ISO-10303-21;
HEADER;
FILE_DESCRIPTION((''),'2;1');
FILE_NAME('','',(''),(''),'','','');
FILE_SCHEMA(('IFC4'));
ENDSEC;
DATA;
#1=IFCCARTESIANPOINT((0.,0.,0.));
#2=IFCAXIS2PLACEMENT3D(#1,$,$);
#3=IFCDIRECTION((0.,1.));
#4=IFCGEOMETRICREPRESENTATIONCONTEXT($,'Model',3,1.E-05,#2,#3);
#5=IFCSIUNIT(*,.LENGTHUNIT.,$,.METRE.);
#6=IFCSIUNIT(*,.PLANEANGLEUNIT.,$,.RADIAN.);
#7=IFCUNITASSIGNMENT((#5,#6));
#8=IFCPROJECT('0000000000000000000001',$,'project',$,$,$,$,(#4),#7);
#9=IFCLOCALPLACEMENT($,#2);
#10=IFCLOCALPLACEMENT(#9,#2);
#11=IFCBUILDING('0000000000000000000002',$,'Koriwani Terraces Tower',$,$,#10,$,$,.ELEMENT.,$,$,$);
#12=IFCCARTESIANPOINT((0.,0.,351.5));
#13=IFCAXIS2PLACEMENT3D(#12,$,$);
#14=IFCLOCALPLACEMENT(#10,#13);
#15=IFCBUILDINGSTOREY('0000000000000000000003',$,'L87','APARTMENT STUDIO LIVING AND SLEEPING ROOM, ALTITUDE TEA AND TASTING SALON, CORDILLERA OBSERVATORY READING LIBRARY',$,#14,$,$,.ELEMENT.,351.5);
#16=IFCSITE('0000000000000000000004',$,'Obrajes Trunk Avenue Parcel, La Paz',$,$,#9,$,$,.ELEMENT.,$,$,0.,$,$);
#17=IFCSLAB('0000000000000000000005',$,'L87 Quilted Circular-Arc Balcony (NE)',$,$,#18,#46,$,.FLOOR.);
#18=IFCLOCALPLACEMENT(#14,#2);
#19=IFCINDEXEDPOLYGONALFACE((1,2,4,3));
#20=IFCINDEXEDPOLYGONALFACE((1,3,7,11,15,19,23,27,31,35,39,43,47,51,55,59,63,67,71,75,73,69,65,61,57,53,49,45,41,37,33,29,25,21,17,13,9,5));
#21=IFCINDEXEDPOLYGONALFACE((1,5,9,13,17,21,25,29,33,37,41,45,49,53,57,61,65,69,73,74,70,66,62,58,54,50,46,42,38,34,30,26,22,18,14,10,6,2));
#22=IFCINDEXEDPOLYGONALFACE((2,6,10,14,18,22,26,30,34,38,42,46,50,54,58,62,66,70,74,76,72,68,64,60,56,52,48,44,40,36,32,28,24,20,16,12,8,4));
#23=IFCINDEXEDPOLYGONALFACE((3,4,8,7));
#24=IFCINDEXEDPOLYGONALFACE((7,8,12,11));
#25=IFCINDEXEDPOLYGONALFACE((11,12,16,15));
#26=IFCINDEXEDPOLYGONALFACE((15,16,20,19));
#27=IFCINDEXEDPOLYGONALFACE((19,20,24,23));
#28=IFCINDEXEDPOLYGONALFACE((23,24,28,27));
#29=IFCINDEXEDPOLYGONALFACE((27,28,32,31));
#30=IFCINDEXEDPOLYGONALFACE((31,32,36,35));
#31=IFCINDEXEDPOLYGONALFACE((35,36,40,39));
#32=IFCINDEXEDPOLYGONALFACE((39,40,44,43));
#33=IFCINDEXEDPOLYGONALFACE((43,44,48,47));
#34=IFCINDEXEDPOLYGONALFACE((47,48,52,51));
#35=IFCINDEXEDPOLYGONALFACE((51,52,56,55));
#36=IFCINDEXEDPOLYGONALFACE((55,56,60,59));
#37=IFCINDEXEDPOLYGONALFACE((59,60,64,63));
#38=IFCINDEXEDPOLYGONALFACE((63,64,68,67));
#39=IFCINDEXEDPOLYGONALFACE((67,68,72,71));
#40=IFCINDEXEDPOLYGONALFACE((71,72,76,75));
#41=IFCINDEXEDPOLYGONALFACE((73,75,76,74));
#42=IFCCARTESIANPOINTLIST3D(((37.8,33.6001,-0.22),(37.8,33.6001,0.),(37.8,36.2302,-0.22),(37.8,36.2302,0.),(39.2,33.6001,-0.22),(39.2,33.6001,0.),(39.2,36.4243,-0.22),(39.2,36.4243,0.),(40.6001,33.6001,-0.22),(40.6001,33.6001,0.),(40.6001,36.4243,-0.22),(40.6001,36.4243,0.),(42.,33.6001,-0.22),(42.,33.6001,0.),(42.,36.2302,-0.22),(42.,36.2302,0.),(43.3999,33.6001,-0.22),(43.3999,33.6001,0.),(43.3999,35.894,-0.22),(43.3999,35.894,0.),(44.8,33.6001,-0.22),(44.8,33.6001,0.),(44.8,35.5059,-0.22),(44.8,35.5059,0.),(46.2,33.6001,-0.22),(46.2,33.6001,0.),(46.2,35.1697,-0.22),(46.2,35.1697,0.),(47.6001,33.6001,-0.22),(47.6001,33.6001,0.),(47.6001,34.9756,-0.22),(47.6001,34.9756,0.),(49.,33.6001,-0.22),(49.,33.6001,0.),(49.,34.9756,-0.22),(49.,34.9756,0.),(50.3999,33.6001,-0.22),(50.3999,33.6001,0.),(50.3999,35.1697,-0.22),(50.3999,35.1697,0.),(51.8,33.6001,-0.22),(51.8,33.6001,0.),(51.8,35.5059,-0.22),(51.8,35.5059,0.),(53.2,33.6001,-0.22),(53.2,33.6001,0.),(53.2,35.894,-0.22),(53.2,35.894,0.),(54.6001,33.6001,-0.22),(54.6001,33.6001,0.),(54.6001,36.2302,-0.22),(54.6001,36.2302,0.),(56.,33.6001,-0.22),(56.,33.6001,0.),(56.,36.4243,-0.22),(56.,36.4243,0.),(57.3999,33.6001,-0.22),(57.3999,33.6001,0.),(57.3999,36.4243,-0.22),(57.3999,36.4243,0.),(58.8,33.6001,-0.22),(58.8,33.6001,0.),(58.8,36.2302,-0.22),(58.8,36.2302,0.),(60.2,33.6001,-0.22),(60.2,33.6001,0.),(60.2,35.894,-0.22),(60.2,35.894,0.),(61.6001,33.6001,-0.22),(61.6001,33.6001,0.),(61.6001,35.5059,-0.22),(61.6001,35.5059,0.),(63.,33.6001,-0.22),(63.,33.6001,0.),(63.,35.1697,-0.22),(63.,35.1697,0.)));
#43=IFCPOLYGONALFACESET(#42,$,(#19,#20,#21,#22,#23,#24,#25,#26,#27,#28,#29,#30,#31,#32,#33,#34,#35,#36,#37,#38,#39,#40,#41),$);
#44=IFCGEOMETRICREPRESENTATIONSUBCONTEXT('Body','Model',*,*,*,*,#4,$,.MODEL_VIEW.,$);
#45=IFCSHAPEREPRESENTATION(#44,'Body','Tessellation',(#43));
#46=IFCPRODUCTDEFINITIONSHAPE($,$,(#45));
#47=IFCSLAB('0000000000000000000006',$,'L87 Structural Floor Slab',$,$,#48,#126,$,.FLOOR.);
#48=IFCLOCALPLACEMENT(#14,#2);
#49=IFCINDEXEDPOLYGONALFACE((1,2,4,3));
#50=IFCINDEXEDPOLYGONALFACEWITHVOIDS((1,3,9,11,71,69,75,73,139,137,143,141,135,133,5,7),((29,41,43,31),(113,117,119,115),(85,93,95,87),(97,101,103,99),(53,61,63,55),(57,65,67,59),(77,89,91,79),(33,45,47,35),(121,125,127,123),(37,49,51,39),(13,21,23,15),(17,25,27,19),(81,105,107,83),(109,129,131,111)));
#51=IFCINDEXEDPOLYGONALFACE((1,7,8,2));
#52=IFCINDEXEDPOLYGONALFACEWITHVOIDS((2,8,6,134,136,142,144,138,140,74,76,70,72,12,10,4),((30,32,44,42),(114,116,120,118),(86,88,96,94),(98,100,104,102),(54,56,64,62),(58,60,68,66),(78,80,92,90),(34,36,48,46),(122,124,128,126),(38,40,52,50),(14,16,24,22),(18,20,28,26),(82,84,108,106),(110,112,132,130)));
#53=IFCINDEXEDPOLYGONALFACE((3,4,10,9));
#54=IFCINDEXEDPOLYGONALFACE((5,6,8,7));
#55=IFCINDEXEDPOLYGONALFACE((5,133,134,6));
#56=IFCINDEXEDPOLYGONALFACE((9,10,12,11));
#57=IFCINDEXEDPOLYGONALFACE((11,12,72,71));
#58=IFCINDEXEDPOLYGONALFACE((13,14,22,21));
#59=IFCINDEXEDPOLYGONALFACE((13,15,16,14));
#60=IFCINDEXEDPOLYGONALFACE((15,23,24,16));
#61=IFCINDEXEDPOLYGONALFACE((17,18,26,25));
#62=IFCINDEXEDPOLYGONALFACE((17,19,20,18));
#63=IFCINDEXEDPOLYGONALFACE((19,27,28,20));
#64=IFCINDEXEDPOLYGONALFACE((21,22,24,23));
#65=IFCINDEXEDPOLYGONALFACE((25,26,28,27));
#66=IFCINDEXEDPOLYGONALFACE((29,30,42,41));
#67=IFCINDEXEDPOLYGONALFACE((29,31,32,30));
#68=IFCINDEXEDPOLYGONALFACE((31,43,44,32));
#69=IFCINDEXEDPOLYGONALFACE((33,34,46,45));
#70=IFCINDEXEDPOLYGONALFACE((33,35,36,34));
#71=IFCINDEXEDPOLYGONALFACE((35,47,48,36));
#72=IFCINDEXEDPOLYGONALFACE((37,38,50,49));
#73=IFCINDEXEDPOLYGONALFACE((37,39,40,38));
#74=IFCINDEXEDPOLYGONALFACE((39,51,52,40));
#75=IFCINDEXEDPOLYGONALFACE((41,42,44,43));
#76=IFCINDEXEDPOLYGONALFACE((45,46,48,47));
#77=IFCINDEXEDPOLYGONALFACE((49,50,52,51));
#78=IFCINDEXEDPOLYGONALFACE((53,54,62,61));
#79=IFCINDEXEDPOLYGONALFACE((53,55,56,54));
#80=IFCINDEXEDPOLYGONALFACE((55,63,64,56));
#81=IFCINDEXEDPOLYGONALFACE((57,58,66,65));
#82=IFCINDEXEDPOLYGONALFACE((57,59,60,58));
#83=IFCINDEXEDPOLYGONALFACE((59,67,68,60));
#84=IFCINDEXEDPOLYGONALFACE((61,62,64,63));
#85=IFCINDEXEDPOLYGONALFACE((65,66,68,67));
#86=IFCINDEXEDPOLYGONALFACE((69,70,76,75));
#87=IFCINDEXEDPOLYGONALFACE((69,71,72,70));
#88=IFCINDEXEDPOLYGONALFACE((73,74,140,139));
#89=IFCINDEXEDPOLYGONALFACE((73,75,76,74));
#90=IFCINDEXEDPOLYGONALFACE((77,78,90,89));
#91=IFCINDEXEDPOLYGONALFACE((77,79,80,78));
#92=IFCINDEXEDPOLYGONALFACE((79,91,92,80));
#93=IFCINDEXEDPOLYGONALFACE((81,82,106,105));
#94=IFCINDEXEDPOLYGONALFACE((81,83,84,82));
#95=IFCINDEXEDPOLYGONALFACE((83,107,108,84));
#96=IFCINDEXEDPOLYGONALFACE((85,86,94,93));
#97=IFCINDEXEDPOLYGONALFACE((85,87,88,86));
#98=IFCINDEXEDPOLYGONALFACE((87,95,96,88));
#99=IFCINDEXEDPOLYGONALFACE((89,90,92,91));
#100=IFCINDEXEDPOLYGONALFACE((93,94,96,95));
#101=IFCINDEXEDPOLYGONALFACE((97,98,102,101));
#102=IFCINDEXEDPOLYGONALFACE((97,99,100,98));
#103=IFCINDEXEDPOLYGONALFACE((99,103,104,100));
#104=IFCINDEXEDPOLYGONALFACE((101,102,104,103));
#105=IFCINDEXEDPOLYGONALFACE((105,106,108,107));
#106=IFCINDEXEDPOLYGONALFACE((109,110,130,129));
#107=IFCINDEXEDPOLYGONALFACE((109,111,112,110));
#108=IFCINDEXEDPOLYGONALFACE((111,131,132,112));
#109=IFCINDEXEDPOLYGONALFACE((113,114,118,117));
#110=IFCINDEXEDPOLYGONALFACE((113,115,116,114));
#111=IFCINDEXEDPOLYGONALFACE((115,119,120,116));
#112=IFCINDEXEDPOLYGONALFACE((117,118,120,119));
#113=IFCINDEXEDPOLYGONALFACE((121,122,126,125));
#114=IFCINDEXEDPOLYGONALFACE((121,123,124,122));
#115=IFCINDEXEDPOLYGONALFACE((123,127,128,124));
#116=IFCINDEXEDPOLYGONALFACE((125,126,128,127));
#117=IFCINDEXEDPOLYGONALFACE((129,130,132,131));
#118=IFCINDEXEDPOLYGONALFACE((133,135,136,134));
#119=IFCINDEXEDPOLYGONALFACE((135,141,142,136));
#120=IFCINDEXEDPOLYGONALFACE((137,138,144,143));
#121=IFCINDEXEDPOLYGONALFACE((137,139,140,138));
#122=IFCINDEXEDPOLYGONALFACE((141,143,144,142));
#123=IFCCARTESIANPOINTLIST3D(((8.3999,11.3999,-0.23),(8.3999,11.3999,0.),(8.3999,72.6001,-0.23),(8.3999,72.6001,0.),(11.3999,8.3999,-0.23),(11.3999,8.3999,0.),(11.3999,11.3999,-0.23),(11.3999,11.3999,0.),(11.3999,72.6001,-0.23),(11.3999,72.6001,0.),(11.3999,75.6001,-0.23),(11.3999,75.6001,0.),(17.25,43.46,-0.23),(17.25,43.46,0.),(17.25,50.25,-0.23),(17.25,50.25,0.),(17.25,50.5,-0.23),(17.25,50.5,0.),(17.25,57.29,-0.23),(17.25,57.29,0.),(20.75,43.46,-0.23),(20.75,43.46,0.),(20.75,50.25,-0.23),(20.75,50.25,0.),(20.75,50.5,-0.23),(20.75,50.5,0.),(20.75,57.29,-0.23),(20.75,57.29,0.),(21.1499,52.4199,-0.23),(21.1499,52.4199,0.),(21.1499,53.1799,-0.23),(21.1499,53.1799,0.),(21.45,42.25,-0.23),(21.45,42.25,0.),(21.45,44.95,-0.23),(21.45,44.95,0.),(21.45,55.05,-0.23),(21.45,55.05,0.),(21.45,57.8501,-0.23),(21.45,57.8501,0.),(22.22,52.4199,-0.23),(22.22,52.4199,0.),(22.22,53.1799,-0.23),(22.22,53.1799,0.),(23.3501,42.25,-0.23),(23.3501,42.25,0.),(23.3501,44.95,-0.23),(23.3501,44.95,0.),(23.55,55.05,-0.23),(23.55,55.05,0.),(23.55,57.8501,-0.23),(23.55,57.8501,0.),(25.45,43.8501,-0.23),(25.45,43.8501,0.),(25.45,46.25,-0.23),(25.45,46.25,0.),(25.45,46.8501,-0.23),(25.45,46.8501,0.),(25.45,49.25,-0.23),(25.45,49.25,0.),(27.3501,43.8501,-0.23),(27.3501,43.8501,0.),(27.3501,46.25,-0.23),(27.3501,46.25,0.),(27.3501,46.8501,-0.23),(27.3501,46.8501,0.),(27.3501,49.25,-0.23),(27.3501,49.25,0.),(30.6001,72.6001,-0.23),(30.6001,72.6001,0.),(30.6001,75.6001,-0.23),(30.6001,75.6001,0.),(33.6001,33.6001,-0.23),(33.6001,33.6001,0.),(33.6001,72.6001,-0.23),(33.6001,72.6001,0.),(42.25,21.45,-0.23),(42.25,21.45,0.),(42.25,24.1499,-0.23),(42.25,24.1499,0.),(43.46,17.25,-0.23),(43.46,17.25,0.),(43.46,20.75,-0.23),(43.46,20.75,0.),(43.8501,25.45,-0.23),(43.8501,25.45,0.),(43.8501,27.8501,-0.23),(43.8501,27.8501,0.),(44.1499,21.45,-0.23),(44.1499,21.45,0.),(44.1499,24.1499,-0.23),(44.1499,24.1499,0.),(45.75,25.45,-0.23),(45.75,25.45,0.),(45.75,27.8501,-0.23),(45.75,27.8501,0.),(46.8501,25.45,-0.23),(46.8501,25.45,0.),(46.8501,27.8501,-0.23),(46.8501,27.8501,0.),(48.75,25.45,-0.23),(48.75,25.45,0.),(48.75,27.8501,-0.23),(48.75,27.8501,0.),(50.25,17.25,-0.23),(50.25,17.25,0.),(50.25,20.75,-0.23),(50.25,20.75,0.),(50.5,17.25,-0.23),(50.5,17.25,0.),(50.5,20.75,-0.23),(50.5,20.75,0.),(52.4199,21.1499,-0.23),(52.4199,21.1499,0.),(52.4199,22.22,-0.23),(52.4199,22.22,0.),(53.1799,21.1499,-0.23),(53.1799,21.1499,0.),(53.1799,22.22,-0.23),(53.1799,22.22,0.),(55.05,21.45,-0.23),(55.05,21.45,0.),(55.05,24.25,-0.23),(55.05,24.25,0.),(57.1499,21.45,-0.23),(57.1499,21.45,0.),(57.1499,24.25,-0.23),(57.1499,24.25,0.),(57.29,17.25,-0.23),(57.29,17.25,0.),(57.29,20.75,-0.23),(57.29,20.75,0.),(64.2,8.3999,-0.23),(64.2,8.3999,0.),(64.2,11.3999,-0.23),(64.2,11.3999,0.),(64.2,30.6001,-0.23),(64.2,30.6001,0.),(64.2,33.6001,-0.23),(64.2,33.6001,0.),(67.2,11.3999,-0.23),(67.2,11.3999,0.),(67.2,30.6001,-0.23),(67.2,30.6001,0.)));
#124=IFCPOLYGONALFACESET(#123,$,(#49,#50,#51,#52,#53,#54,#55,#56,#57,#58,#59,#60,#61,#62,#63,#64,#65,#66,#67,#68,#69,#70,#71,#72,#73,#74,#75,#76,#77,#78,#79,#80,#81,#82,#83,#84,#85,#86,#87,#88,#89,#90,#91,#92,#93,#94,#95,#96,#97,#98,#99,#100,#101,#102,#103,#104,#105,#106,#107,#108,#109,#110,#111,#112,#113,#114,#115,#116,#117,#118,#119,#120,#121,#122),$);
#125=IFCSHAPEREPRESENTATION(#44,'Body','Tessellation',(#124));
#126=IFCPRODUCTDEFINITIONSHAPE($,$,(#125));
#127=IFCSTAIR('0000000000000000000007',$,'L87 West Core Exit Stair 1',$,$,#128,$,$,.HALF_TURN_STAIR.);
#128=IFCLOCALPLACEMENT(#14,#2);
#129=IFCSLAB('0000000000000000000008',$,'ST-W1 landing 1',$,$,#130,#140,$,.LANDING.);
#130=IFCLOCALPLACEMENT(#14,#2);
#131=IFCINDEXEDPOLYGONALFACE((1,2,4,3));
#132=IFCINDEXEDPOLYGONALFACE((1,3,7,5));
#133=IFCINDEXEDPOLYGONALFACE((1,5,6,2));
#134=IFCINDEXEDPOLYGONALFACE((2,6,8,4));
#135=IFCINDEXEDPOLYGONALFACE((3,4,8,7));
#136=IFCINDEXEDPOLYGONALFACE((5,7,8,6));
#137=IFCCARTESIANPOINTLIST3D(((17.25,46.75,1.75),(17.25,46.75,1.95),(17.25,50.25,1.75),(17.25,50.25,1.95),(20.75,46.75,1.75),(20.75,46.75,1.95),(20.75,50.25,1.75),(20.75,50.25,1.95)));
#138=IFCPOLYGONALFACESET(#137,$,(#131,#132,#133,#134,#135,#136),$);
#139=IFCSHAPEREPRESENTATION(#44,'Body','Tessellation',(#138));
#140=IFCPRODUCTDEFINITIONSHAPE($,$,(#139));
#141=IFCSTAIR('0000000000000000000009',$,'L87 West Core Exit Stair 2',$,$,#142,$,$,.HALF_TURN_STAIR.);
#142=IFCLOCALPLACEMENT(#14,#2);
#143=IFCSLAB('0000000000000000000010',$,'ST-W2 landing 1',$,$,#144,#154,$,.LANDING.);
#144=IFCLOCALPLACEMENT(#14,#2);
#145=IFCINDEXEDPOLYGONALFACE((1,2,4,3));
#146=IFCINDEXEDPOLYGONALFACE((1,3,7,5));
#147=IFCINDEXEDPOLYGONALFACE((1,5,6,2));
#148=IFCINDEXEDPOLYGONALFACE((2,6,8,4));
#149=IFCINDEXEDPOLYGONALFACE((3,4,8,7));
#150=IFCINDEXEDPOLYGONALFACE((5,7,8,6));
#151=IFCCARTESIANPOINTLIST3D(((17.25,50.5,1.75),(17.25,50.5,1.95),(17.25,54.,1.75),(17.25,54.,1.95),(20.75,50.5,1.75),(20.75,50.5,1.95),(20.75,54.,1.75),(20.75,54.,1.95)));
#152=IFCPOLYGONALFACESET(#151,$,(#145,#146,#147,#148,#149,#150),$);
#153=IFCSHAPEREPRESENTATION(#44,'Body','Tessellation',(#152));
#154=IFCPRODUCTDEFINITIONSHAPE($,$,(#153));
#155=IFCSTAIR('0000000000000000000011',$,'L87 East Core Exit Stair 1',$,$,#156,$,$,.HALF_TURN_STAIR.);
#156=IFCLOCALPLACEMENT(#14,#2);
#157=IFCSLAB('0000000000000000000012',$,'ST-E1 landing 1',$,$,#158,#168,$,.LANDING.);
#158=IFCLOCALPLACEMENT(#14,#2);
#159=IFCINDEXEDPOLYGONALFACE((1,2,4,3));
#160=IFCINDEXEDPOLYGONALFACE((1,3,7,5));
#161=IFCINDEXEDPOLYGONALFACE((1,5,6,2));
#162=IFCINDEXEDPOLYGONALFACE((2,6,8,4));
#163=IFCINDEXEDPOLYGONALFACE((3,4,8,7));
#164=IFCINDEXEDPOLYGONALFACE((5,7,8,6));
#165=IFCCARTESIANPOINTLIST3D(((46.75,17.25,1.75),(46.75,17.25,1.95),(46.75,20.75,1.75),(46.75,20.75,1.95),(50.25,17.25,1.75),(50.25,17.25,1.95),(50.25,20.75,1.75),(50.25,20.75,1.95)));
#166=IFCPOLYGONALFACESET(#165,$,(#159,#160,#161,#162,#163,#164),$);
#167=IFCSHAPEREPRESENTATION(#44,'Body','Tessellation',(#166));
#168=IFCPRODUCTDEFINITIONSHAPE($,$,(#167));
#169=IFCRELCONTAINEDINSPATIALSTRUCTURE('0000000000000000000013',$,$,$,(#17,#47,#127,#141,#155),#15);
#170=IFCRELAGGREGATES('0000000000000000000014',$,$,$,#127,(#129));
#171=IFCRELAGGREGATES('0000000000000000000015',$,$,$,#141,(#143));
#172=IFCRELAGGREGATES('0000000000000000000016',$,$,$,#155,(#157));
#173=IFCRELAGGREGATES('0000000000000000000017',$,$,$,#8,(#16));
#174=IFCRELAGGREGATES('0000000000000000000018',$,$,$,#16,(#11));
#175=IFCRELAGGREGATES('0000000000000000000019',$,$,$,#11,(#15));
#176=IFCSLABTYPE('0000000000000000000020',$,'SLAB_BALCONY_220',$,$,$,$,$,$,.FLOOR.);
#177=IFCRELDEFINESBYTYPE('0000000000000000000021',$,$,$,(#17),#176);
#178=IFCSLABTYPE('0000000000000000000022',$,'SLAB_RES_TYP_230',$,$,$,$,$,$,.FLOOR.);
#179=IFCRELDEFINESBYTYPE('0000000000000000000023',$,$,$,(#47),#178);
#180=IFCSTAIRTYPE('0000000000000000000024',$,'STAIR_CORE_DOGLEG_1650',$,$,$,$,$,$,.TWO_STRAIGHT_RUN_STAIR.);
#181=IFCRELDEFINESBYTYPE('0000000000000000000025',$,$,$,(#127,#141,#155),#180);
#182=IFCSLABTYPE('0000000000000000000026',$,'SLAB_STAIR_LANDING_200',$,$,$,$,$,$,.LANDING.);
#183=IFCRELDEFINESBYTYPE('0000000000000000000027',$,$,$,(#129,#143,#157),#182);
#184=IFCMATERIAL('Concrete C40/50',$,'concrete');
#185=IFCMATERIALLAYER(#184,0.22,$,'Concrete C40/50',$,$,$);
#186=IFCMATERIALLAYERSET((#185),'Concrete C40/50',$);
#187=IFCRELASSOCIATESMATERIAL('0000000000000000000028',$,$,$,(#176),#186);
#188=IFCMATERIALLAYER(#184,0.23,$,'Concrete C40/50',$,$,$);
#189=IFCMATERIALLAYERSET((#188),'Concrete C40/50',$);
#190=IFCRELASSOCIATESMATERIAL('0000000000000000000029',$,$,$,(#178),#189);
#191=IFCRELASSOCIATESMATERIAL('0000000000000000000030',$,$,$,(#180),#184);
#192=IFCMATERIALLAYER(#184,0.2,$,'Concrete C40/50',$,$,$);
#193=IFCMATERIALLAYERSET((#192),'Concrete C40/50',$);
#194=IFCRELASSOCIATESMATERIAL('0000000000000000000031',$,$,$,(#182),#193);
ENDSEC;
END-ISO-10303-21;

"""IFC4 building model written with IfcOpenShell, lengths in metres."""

from ifc_helpers import new_model, si_unit, direction, frame, origin, place, context, subcontext, project, spatial, polyline, outline, extrude, material, layer, layer_set, type_object, element, aggregate, save


model = new_model("IFC4")

# Units and contexts
model_context = context("Model", 3, precision=1e-05, world=origin(), true_north=direction((0.0, 1.0)))
body_context = subcontext(model_context, "Body", "Model", "MODEL_VIEW")
ifc_project = project(units=[si_unit("LENGTHUNIT", "METRE"), si_unit("PLANEANGLEUNIT", "RADIAN")], contexts=[model_context])

# Site, building, storey
site_placement = place(None, origin())
site = spatial("IfcSite", under=ifc_project, at=site_placement, Name="Obrajes Trunk Avenue Parcel, La Paz", CompositionType="ELEMENT", RefElevation=0.0)
building_placement = place(site_placement, origin())
building = spatial("IfcBuilding", under=site, at=building_placement, Name="Koriwani Terraces Tower", CompositionType="ELEMENT")
storey_placement = place(building_placement, frame((0.0, 0.0, 351.5)))
storey = spatial("IfcBuildingStorey", under=building, at=storey_placement, Name="L87", Description="APARTMENT STUDIO LIVING AND SLEEPING ROOM, ALTITUDE TEA AND TASTING SALON, CORDILLERA OBSERVATORY READING LIBRARY", CompositionType="ELEMENT", Elevation=351.5)

# Shared definitions
ifc_material_1 = material(Name="Concrete C40/50", Category="concrete")

# Slabs
ifc_layer_1 = layer(ifc_material_1, 0.22, Name="Concrete C40/50")
ifc_layer_set_1 = layer_set([ifc_layer_1], Name="Concrete C40/50")
slab_type_1 = type_object("IfcSlabType", Name="SLAB_BALCONY_220", PredefinedType="FLOOR", material=ifc_layer_set_1)
slab_1_placement = place(storey_placement, frame((0.0, 0.0, -0.22)))
element("IfcSlab", 1, at=slab_1_placement, inside=storey, type_object=slab_type_1, Name="L87 Quilted Circular-Arc Balcony (NE)", PredefinedType="FLOOR", context=body_context, shape_type="SweptSolid", body=[
    extrude(outline(polyline([(63.0, 33.6001), (61.6001, 33.6001), (60.2, 33.6001), (58.8, 33.6001), (57.3999, 33.6001), (56.0, 33.6001), (54.6001, 33.6001), (53.2, 33.6001), (51.8, 33.6001), (50.3999, 33.6001), (49.0, 33.6001), (47.6001, 33.6001), (46.2, 33.6001), (44.8, 33.6001), (43.3999, 33.6001), (42.0, 33.6001), (40.6001, 33.6001), (39.2, 33.6001), (37.8, 33.6001), (37.8, 36.2302), (39.2, 36.4243), (40.6001, 36.4243), (42.0, 36.2302), (43.3999, 35.894), (44.8, 35.5059), (46.2, 35.1697), (47.6001, 34.9756), (49.0, 34.9756), (50.3999, 35.1697), (51.8, 35.5059), (53.2, 35.894), (54.6001, 36.2302), (56.0, 36.4243), (57.3999, 36.4243), (58.8, 36.2302), (60.2, 35.894), (61.6001, 35.5059), (63.0, 35.1697), (63.0, 33.6001)])), origin(), (0.0, 0.0, 1.0), 0.22),
])
ifc_layer_2 = layer(ifc_material_1, 0.23, Name="Concrete C40/50")
ifc_layer_set_2 = layer_set([ifc_layer_2], Name="Concrete C40/50")
slab_type_2 = type_object("IfcSlabType", Name="SLAB_RES_TYP_230", PredefinedType="FLOOR", material=ifc_layer_set_2)
slab_2_placement = place(storey_placement, frame((0.0, 0.0, -0.23)))
element("IfcSlab", 2, at=slab_2_placement, inside=storey, type_object=slab_type_2, Name="L87 Structural Floor Slab", PredefinedType="FLOOR", context=body_context, shape_type="SweptSolid", body=[
    extrude(outline(polyline([(11.3999, 8.3999), (64.2, 8.3999), (64.2, 11.3999), (67.2, 11.3999), (67.2, 30.6001), (64.2, 30.6001), (64.2, 33.6001), (33.6001, 33.6001), (33.6001, 72.6001), (30.6001, 72.6001), (30.6001, 75.6001), (11.3999, 75.6001), (11.3999, 72.6001), (8.3999, 72.6001), (8.3999, 11.3999), (11.3999, 11.3999), (11.3999, 8.3999)]), holes=[polyline([(17.25, 43.46), (20.75, 43.46), (20.75, 50.25), (17.25, 50.25), (17.25, 43.46)]), polyline([(17.25, 50.5), (20.75, 50.5), (20.75, 57.29), (17.25, 57.29), (17.25, 50.5)]), polyline([(43.46, 17.25), (50.25, 17.25), (50.25, 20.75), (43.46, 20.75), (43.46, 17.25)]), polyline([(50.5, 17.25), (57.29, 17.25), (57.29, 20.75), (50.5, 20.75), (50.5, 17.25)]), polyline([(25.45, 43.8501), (27.3501, 43.8501), (27.3501, 46.25), (25.45, 46.25), (25.45, 43.8501)]), polyline([(25.45, 46.8501), (27.3501, 46.8501), (27.3501, 49.25), (25.45, 49.25), (25.45, 46.8501)]), polyline([(43.8501, 25.45), (45.75, 25.45), (45.75, 27.8501), (43.8501, 27.8501), (43.8501, 25.45)]), polyline([(46.8501, 25.45), (48.75, 25.45), (48.75, 27.8501), (46.8501, 27.8501), (46.8501, 25.45)]), polyline([(21.45, 55.05), (23.55, 55.05), (23.55, 57.8501), (21.45, 57.8501), (21.45, 55.05)]), polyline([(55.05, 21.45), (57.1499, 21.45), (57.1499, 24.25), (55.05, 24.25), (55.05, 21.45)]), polyline([(21.45, 42.25), (23.3501, 42.25), (23.3501, 44.95), (21.45, 44.95), (21.45, 42.25)]), polyline([(42.25, 21.45), (44.1499, 21.45), (44.1499, 24.1499), (42.25, 24.1499), (42.25, 21.45)]), polyline([(21.1499, 52.4199), (22.22, 52.4199), (22.22, 53.1799), (21.1499, 53.1799), (21.1499, 52.4199)]), polyline([(52.4199, 21.1499), (53.1799, 21.1499), (53.1799, 22.22), (52.4199, 22.22), (52.4199, 21.1499)])]), origin(), (0.0, 0.0, 1.0), 0.23),
])

# Stairs, slabs
stair_type = type_object("IfcStairType", Name="STAIR_CORE_DOGLEG_1650", PredefinedType="TWO_STRAIGHT_RUN_STAIR", material=ifc_material_1)
stair_1_placement = place(storey_placement, origin())
stair_1 = element("IfcStair", 3, at=stair_1_placement, inside=storey, type_object=stair_type, Name="L87 West Core Exit Stair 1", PredefinedType="HALF_TURN_STAIR")
ifc_layer_3 = layer(ifc_material_1, 0.2, Name="Concrete C40/50")
ifc_layer_set_3 = layer_set([ifc_layer_3], Name="Concrete C40/50")
slab_type_3 = type_object("IfcSlabType", Name="SLAB_STAIR_LANDING_200", PredefinedType="LANDING", material=ifc_layer_set_3)
slab_3_placement = place(storey_placement, frame((0.0, 0.0, 1.75)))
slab_3 = element("IfcSlab", 4, at=slab_3_placement, type_object=slab_type_3, Name="ST-W1 landing 1", PredefinedType="LANDING", context=body_context, shape_type="SweptSolid", body=[
    extrude(outline(polyline([(20.75, 46.75), (20.75, 50.25), (17.25, 50.25), (17.25, 46.75), (20.75, 46.75)])), origin(), (0.0, 0.0, 1.0), 0.2),
])
aggregate(stair_1, [slab_3])
stair_2_placement = place(storey_placement, origin())
stair_2 = element("IfcStair", 5, at=stair_2_placement, inside=storey, type_object=stair_type, Name="L87 West Core Exit Stair 2", PredefinedType="HALF_TURN_STAIR")
slab_4_placement = place(storey_placement, frame((0.0, 0.0, 1.75)))
slab_4 = element("IfcSlab", 6, at=slab_4_placement, type_object=slab_type_3, Name="ST-W2 landing 1", PredefinedType="LANDING", context=body_context, shape_type="SweptSolid", body=[
    extrude(outline(polyline([(17.25, 54.0), (17.25, 50.5), (20.75, 50.5), (20.75, 54.0), (17.25, 54.0)])), origin(), (0.0, 0.0, 1.0), 0.2),
])
aggregate(stair_2, [slab_4])
stair_3_placement = place(storey_placement, origin())
stair_3 = element("IfcStair", 7, at=stair_3_placement, inside=storey, type_object=stair_type, Name="L87 East Core Exit Stair 1", PredefinedType="HALF_TURN_STAIR")
slab_5_placement = place(storey_placement, frame((0.0, 0.0, 1.75)))
slab_5 = element("IfcSlab", 8, at=slab_5_placement, type_object=slab_type_3, Name="ST-E1 landing 1", PredefinedType="LANDING", context=body_context, shape_type="SweptSolid", body=[
    extrude(outline(polyline([(46.75, 17.25), (50.25, 17.25), (50.25, 20.75), (46.75, 20.75), (46.75, 17.25)])), origin(), (0.0, 0.0, 1.0), 0.2),
])
aggregate(stair_3, [slab_5])

save(model, "model.ifc")
